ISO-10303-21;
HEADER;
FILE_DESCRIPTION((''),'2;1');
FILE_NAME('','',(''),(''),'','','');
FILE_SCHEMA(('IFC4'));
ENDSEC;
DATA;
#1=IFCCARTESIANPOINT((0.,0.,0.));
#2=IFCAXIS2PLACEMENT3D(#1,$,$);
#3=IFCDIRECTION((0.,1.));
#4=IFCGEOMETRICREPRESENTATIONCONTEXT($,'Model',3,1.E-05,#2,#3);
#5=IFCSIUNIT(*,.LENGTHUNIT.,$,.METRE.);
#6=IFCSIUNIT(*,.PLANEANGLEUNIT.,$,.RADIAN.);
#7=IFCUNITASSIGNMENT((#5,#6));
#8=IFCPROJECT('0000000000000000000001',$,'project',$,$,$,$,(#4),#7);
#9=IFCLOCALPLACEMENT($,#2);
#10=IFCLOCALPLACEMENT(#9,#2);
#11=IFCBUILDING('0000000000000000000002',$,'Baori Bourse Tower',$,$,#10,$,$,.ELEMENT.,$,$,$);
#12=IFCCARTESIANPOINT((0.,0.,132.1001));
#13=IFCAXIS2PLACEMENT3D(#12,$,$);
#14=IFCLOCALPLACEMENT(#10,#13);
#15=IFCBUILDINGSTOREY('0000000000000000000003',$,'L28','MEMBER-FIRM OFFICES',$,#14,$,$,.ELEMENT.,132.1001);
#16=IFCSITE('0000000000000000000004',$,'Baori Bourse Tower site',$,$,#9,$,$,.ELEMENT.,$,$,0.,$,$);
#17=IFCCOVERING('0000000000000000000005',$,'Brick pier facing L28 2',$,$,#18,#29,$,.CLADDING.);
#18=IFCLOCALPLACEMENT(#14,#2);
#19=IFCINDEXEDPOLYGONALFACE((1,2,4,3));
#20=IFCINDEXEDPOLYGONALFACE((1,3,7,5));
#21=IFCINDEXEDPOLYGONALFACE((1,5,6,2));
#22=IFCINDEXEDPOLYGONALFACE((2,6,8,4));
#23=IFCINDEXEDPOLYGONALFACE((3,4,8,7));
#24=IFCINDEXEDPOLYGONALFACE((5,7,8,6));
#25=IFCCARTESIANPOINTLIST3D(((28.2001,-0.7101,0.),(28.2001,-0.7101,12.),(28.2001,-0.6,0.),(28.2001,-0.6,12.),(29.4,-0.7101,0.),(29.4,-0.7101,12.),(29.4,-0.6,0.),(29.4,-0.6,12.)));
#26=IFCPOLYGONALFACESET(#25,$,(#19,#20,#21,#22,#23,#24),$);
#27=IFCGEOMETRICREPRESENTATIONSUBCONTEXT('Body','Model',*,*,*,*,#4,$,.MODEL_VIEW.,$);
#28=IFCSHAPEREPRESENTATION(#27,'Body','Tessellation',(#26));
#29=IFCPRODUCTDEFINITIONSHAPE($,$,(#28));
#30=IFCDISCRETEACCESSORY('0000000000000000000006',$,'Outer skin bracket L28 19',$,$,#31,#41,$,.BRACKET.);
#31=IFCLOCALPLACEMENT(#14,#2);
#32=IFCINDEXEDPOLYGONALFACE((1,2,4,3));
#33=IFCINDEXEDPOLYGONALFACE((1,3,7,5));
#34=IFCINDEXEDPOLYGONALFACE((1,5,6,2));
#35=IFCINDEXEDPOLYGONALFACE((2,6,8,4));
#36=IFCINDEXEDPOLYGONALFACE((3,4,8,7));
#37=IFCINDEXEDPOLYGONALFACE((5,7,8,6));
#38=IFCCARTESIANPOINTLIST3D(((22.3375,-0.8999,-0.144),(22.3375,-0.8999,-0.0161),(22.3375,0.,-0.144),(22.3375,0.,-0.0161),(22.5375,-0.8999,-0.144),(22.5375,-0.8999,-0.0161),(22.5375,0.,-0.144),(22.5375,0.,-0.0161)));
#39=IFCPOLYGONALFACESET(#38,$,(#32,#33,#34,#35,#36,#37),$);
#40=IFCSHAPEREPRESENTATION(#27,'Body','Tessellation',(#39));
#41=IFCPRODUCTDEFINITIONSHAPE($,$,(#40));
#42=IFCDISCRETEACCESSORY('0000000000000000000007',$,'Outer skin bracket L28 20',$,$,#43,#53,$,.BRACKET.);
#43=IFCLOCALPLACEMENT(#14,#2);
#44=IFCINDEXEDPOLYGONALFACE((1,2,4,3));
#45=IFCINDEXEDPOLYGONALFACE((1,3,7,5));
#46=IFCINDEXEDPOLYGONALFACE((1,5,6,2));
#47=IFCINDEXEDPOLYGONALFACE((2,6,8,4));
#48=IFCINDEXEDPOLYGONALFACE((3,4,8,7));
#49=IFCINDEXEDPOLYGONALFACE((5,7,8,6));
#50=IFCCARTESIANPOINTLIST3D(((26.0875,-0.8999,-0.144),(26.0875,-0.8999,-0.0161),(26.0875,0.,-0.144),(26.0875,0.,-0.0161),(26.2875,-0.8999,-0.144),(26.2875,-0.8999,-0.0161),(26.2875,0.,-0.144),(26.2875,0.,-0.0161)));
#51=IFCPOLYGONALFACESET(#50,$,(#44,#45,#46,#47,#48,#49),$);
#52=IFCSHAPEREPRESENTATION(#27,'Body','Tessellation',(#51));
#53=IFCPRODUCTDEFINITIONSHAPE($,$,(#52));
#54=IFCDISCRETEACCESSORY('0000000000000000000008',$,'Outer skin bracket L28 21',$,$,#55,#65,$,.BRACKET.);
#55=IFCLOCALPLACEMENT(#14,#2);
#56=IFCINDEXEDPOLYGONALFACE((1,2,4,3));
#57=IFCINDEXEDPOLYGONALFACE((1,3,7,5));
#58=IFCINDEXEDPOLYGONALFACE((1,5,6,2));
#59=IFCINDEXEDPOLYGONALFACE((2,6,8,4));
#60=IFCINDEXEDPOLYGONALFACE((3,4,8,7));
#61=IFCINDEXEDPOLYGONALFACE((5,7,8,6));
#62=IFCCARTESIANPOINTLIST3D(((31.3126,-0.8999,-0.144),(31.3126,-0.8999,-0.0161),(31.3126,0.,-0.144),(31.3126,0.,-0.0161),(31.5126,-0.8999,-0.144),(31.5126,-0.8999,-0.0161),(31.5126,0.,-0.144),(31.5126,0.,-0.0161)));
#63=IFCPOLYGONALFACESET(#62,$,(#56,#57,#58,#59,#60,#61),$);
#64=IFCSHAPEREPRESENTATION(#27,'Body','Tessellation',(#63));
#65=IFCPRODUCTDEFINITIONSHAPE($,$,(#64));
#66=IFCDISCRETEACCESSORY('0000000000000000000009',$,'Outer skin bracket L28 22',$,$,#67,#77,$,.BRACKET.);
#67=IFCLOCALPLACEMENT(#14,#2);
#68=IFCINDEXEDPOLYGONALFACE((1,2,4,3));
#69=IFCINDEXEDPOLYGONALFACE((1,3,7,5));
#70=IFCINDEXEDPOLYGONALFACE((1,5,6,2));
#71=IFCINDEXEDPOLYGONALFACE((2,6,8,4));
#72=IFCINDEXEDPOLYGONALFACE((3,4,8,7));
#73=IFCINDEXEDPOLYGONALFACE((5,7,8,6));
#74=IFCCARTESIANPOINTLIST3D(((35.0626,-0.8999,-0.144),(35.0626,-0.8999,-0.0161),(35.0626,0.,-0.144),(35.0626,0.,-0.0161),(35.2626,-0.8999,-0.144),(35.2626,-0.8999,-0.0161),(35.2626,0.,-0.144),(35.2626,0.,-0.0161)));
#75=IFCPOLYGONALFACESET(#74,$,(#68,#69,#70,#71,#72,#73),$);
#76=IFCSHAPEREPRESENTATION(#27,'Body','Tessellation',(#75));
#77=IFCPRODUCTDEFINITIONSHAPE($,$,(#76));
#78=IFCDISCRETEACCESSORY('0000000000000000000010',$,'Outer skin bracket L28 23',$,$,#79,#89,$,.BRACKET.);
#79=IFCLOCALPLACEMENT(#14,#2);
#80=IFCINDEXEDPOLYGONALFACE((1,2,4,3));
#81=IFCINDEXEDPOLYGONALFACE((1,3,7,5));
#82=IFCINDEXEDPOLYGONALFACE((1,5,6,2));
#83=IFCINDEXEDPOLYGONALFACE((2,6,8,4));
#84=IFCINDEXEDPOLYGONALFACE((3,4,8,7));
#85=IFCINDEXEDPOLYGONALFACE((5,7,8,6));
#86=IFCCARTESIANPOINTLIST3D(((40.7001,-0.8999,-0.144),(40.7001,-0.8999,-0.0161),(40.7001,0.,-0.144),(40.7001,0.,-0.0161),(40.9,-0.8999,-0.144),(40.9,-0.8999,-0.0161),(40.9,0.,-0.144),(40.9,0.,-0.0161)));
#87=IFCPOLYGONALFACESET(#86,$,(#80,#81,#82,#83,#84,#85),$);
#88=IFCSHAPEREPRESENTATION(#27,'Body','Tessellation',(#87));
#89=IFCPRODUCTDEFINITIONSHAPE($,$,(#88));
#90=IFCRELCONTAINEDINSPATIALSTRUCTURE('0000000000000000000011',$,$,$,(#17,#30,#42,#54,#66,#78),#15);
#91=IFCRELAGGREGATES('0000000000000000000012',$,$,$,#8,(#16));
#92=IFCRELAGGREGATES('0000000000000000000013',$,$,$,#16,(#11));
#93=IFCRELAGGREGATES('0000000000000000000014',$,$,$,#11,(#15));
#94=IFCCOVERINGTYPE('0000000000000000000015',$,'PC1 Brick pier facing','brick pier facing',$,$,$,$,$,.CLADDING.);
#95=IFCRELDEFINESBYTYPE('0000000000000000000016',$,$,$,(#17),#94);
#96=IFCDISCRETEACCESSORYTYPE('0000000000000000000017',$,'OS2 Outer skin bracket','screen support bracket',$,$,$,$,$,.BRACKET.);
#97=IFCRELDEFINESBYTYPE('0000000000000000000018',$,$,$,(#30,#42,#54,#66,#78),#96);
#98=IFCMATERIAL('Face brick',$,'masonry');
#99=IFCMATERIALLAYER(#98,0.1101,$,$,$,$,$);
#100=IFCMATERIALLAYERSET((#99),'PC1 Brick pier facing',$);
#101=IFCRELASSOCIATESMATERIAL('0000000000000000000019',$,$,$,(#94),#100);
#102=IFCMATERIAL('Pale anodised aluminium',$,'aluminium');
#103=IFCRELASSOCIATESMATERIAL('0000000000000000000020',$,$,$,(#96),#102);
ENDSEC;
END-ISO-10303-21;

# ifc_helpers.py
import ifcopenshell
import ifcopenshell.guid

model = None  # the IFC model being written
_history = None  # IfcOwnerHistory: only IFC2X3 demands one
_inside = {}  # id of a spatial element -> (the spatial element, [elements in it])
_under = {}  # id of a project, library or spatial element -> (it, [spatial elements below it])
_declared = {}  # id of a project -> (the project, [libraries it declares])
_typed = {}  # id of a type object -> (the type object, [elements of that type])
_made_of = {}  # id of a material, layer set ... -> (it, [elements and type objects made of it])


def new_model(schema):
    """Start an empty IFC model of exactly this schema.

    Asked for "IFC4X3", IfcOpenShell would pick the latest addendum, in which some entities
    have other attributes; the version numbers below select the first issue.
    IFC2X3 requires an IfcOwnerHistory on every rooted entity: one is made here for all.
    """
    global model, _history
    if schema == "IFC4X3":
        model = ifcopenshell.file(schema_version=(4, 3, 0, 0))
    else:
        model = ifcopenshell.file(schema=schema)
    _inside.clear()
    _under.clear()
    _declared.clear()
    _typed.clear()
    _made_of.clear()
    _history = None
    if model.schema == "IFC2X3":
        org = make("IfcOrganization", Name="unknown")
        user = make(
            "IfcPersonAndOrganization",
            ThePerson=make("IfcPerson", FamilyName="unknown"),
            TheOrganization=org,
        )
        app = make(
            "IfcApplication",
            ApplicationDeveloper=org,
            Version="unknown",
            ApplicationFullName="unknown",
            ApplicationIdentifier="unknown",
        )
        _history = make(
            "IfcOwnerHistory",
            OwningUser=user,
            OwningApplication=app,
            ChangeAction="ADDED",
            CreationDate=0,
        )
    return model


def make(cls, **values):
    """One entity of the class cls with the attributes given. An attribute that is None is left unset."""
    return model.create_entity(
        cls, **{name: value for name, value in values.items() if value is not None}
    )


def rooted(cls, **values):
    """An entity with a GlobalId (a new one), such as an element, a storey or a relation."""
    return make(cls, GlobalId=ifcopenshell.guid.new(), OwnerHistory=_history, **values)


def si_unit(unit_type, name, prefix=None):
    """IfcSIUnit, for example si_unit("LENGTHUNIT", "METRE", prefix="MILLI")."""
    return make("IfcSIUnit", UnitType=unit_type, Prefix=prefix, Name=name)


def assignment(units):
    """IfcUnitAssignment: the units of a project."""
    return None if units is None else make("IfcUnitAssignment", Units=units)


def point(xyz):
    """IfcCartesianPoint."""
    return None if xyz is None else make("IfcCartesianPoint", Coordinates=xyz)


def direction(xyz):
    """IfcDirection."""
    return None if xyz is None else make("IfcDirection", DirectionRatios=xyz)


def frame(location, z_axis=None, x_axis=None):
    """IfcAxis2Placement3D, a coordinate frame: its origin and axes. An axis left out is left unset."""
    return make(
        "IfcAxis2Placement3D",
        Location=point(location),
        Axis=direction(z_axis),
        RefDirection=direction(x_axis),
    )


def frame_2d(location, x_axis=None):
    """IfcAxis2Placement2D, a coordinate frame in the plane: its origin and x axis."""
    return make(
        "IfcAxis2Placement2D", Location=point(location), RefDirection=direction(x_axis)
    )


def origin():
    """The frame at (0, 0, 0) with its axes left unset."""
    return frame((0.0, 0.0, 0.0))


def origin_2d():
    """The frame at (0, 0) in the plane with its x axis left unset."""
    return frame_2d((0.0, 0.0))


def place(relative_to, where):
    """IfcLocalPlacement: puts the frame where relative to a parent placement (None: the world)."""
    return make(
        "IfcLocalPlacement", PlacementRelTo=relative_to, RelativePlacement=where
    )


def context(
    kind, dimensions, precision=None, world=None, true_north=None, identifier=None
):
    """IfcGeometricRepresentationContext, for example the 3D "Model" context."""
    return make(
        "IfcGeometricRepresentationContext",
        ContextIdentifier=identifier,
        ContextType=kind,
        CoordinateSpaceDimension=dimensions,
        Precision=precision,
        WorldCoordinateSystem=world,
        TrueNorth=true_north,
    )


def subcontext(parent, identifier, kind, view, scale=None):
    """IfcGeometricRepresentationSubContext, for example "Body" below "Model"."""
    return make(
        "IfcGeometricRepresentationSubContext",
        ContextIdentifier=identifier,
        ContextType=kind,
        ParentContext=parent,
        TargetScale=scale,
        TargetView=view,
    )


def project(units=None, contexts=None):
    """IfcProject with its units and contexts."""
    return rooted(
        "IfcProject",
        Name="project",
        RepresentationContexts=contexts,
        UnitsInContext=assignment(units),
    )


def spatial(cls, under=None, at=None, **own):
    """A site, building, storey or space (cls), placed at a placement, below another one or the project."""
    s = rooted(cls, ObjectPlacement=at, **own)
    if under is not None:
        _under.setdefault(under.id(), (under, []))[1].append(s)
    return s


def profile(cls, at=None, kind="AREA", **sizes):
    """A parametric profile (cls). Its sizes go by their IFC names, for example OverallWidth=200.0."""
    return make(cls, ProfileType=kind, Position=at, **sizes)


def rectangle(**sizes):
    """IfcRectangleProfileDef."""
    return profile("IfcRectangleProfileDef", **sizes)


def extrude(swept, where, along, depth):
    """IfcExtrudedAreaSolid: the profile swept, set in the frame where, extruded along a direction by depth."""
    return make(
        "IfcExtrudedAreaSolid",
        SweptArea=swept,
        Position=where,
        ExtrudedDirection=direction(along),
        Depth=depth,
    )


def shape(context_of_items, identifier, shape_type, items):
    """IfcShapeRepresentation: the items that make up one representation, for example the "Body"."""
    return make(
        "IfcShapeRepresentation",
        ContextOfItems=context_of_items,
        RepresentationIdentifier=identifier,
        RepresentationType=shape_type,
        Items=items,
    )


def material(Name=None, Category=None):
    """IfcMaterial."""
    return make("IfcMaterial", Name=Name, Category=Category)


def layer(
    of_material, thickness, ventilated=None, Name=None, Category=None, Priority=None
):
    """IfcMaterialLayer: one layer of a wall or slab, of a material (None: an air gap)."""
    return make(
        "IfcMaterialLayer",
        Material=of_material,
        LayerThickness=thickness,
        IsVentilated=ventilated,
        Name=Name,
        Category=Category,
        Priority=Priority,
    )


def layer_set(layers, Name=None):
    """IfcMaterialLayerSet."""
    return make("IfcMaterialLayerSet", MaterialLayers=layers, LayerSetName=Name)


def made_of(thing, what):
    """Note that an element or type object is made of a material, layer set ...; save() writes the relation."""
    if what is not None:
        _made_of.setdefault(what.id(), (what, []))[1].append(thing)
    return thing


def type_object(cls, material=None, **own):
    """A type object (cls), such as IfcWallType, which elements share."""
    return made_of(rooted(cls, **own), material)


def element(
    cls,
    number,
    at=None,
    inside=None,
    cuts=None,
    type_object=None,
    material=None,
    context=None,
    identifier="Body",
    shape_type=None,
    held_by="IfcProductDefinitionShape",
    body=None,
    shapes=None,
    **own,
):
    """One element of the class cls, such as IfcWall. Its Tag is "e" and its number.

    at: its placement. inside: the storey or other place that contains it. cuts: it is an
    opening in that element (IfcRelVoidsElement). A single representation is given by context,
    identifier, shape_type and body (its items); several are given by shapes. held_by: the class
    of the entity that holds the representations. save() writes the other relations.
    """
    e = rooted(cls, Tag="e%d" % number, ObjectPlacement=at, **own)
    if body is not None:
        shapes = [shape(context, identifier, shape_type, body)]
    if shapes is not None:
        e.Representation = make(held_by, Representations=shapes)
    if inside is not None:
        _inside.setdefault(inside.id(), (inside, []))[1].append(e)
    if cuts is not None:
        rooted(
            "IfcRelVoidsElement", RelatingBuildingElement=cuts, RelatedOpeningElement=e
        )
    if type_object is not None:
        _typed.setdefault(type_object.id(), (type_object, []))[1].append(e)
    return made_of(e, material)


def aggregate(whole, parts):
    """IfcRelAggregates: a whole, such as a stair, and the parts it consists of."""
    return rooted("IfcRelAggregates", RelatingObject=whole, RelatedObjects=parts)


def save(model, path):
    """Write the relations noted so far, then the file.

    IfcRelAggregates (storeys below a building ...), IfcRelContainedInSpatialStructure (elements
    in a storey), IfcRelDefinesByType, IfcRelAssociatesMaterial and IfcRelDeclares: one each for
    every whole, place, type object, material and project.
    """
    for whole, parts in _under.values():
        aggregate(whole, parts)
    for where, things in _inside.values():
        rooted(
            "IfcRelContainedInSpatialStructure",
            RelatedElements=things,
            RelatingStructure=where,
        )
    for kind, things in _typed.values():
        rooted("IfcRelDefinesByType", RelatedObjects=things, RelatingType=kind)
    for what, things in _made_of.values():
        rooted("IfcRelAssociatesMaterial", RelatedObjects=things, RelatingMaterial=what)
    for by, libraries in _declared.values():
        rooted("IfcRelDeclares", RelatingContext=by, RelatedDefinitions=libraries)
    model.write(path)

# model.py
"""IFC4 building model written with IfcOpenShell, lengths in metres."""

from ifc_helpers import new_model, si_unit, direction, frame, origin, origin_2d, place, context, subcontext, project, spatial, rectangle, extrude, material, layer, layer_set, type_object, element, save


model = new_model("IFC4")

# Units and contexts
model_context = context("Model", 3, precision=1e-05, world=origin(), true_north=direction((0.0, 1.0)))
body_context = subcontext(model_context, "Body", "Model", "MODEL_VIEW")
ifc_project = project(units=[si_unit("LENGTHUNIT", "METRE"), si_unit("PLANEANGLEUNIT", "RADIAN")], contexts=[model_context])

# Site, building, storey
site_placement = place(None, origin())
site = spatial("IfcSite", under=ifc_project, at=site_placement, Name="Baori Bourse Tower site", CompositionType="ELEMENT", RefElevation=0.0)
building_placement = place(site_placement, origin())
building = spatial("IfcBuilding", under=site, at=building_placement, Name="Baori Bourse Tower", CompositionType="ELEMENT")
storey_placement = place(building_placement, frame((0.0, 0.0, 132.1001)))
storey = spatial("IfcBuildingStorey", under=building, at=storey_placement, Name="L28", Description="MEMBER-FIRM OFFICES", CompositionType="ELEMENT", Elevation=132.1001)

# Covering
ifc_material_1 = material(Name="Face brick", Category="masonry")
ifc_layer_1 = layer(ifc_material_1, 0.1101)
ifc_layer_set_1 = layer_set([ifc_layer_1], Name="PC1 Brick pier facing")
covering_type = type_object("IfcCoveringType", Name="PC1 Brick pier facing", Description="brick pier facing", PredefinedType="CLADDING", material=ifc_layer_set_1)
covering_placement = place(storey_placement, frame((28.8, -0.655, 0.0), z_axis=(0.0, 0.0, 1.0), x_axis=(1.0, 0.0, 0.0)))
element("IfcCovering", 1, at=covering_placement, inside=storey, type_object=covering_type, Name="Brick pier facing L28 2", PredefinedType="CLADDING", context=body_context, shape_type="SweptSolid", body=[
    extrude(rectangle(XDim=1.2, YDim=0.1101, at=origin_2d()), origin(), (0.0, 0.0, 1.0), 12.0),
])

# Discrete accessories
ifc_material_2 = material(Name="Pale anodised aluminium", Category="aluminium")
discrete_accessory_type = type_object("IfcDiscreteAccessoryType", Name="OS2 Outer skin bracket", Description="screen support bracket", PredefinedType="BRACKET", material=ifc_material_2)
for number, where, z_axis, x_axis, name in (
    (2, (22.4375, -0.45, -0.144), (0.0, 0.0, 1.0), (1.0, 0.0, 0.0), "Outer skin bracket L28 19"),
    (3, (26.1875, -0.45, -0.144), (0.0, 0.0, 1.0), (1.0, 0.0, 0.0), "Outer skin bracket L28 20"),
    (4, (31.4126, -0.45, -0.144), (0.0, 0.0, 1.0), (1.0, 0.0, 0.0), "Outer skin bracket L28 21"),
    (5, (35.1626, -0.45, -0.144), (0.0, 0.0, 1.0), (1.0, 0.0, 0.0), "Outer skin bracket L28 22"),
    (6, (40.8, -0.45, -0.144), (0.0, 0.0, 1.0), (1.0, 0.0, 0.0), "Outer skin bracket L28 23"),
):
    element("IfcDiscreteAccessory", number, at=place(storey_placement, frame(where, z_axis=z_axis, x_axis=x_axis)), inside=storey, type_object=discrete_accessory_type, Name=name, PredefinedType="BRACKET", context=body_context, shape_type="SweptSolid", body=[
        extrude(rectangle(XDim=0.2, YDim=0.8999, at=origin_2d()), origin(), (0.0, 0.0, 1.0), 0.1279),
    ])

save(model, "model.ifc")
